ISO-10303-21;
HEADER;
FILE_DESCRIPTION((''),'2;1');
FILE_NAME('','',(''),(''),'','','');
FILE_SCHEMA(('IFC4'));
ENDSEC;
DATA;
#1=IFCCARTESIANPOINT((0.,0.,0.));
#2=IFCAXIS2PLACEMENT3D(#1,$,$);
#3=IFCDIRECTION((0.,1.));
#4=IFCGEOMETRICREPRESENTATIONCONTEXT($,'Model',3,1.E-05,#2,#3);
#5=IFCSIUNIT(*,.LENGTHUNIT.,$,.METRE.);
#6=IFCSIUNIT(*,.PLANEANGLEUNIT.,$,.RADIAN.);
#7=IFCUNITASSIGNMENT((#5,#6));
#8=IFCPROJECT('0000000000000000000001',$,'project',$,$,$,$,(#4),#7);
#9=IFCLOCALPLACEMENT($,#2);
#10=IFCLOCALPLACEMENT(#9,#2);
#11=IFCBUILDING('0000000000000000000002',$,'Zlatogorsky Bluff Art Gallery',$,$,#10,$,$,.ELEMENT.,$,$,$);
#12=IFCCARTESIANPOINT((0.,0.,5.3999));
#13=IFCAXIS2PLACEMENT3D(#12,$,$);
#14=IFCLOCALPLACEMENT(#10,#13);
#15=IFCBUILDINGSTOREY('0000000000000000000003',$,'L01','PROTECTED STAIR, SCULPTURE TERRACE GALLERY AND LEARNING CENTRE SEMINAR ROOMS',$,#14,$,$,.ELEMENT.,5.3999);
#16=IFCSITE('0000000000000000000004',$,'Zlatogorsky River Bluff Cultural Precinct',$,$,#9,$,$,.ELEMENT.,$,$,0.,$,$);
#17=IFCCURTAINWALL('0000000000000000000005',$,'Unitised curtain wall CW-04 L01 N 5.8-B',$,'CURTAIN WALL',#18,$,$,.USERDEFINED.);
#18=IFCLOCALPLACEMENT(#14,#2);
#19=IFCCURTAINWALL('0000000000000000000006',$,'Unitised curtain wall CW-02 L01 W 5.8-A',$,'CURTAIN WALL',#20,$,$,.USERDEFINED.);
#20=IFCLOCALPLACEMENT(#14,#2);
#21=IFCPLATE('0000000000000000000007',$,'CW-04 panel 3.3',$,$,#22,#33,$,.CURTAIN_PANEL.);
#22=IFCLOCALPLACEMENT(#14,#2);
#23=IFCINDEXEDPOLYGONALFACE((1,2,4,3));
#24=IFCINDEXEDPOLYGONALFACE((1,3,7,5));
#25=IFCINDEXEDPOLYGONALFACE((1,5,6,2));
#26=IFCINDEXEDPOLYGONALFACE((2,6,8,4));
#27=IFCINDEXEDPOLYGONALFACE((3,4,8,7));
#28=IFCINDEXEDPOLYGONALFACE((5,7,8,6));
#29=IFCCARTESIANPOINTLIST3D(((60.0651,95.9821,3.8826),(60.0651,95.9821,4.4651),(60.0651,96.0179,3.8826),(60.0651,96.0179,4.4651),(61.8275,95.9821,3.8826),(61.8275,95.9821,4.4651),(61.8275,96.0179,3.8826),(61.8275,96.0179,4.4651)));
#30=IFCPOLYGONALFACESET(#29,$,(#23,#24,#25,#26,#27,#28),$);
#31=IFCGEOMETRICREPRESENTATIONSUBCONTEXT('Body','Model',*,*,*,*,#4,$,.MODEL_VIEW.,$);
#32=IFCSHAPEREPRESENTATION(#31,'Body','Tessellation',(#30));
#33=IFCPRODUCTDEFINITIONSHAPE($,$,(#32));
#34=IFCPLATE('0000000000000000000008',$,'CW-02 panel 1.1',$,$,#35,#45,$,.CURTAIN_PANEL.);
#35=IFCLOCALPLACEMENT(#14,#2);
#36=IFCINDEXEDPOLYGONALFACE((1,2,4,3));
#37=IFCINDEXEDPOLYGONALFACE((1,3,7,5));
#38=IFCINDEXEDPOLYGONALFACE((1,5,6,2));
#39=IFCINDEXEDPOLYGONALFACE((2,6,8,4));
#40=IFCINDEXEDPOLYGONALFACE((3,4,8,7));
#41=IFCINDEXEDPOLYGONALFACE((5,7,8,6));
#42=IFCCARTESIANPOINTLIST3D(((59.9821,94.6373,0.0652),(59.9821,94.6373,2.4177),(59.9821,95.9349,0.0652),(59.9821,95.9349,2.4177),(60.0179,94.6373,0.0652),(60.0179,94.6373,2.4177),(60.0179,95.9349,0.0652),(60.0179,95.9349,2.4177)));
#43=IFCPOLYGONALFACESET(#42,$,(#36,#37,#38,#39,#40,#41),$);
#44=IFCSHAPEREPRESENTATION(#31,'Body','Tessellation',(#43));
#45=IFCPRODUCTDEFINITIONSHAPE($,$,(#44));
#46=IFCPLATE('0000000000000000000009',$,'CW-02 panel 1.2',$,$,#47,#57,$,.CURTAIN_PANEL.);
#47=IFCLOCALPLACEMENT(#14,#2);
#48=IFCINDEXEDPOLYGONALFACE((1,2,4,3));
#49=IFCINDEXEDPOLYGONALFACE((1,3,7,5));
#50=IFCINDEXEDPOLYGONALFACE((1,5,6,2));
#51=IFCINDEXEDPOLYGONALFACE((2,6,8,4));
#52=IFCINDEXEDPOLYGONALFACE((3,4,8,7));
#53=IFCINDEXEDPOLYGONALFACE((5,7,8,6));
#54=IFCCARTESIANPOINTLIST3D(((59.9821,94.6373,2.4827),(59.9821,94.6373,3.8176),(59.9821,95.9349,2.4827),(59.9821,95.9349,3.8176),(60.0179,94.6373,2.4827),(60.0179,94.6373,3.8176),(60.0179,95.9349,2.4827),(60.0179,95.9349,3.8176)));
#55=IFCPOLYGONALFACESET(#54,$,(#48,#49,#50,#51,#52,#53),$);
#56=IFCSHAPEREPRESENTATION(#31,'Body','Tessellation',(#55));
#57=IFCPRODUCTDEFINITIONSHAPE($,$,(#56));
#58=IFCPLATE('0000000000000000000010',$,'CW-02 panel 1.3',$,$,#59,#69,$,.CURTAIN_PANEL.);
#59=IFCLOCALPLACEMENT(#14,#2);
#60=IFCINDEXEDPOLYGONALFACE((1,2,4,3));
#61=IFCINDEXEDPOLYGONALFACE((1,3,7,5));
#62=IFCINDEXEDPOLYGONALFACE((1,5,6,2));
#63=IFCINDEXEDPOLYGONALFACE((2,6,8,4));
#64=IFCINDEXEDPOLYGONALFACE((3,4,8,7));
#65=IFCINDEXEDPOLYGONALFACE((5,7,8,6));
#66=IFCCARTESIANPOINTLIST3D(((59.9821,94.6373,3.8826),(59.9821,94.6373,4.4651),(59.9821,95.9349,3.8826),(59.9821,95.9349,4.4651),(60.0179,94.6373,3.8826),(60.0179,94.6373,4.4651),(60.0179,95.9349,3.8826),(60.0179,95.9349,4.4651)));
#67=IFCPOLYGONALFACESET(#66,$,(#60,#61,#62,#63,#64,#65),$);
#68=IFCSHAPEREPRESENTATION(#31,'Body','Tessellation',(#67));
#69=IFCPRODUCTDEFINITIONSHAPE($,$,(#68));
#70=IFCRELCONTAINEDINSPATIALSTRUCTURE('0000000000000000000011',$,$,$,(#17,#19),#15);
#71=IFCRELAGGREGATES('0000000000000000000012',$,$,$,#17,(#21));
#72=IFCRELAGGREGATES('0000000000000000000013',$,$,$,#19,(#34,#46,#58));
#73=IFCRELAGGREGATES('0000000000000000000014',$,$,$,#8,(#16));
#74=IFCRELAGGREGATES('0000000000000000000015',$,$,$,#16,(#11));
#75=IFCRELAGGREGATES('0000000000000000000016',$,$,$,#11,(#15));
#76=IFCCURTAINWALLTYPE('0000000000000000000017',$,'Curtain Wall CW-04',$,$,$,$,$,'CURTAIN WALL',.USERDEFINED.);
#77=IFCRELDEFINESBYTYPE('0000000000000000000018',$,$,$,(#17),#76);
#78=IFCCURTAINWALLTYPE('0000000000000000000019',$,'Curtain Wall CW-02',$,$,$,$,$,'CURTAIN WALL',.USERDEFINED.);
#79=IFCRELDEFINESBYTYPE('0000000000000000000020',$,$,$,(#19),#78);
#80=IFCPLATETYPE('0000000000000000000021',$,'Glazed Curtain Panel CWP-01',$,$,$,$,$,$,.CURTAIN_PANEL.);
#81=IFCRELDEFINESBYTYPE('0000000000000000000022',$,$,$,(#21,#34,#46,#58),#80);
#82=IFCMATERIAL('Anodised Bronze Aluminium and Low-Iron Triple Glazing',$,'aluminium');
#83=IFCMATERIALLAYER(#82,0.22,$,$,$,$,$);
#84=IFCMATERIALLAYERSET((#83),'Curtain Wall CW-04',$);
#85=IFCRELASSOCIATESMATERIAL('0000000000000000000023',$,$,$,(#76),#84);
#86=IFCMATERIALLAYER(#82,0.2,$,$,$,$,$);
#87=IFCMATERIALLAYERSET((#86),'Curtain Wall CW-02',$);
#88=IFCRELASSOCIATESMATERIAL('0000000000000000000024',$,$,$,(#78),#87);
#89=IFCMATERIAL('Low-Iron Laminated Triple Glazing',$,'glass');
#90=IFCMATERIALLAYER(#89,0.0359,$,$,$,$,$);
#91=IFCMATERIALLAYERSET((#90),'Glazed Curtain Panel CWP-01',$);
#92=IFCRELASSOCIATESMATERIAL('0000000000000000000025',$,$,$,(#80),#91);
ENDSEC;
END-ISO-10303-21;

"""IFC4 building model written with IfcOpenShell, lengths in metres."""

from ifc_helpers import new_model, si_unit, direction, frame, origin, origin_2d, place, context, subcontext, project, spatial, rectangle, extrude, material, layer, layer_set, type_object, element, aggregate, save


model = new_model("IFC4")

# Units and contexts
model_context = context("Model", 3, precision=1e-05, world=origin(), true_north=direction((0.0, 1.0)))
body_context = subcontext(model_context, "Body", "Model", "MODEL_VIEW")
ifc_project = project(units=[si_unit("LENGTHUNIT", "METRE"), si_unit("PLANEANGLEUNIT", "RADIAN")], contexts=[model_context])

# Site, building, storey
site_placement = place(None, origin())
site = spatial("IfcSite", under=ifc_project, at=site_placement, Name="Zlatogorsky River Bluff Cultural Precinct", CompositionType="ELEMENT", RefElevation=0.0)
building_placement = place(site_placement, origin())
building = spatial("IfcBuilding", under=site, at=building_placement, Name="Zlatogorsky Bluff Art Gallery", CompositionType="ELEMENT")
storey_placement = place(building_placement, frame((0.0, 0.0, 5.3999)))
storey = spatial("IfcBuildingStorey", under=building, at=storey_placement, Name="L01", Description="PROTECTED STAIR, SCULPTURE TERRACE GALLERY AND LEARNING CENTRE SEMINAR ROOMS", CompositionType="ELEMENT", Elevation=5.3999)

# Curtain walls
ifc_material_1 = material(Name="Anodised Bronze Aluminium and Low-Iron Triple Glazing", Category="aluminium")
ifc_layer_1 = layer(ifc_material_1, 0.22)
ifc_layer_set_1 = layer_set([ifc_layer_1], Name="Curtain Wall CW-04")
curtain_wall_type_1 = type_object("IfcCurtainWallType", Name="Curtain Wall CW-04", ElementType="CURTAIN WALL", PredefinedType="USERDEFINED", material=ifc_layer_set_1)
curtain_wall_1_placement = place(storey_placement, origin())
curtain_wall_1 = element("IfcCurtainWall", 1, at=curtain_wall_1_placement, inside=storey, type_object=curtain_wall_type_1, Name="Unitised curtain wall CW-04 L01 N 5.8-B", ObjectType="CURTAIN WALL", PredefinedType="USERDEFINED")
ifc_layer_2 = layer(ifc_material_1, 0.2)
ifc_layer_set_2 = layer_set([ifc_layer_2], Name="Curtain Wall CW-02")
curtain_wall_type_2 = type_object("IfcCurtainWallType", Name="Curtain Wall CW-02", ElementType="CURTAIN WALL", PredefinedType="USERDEFINED", material=ifc_layer_set_2)
curtain_wall_2_placement = place(storey_placement, origin())
curtain_wall_2 = element("IfcCurtainWall", 2, at=curtain_wall_2_placement, inside=storey, type_object=curtain_wall_type_2, Name="Unitised curtain wall CW-02 L01 W 5.8-A", ObjectType="CURTAIN WALL", PredefinedType="USERDEFINED")

# Plates
ifc_material_2 = material(Name="Low-Iron Laminated Triple Glazing", Category="glass")
ifc_layer_3 = layer(ifc_material_2, 0.0359)
ifc_layer_set_3 = layer_set([ifc_layer_3], Name="Glazed Curtain Panel CWP-01")
plate_type = type_object("IfcPlateType", Name="Glazed Curtain Panel CWP-01", PredefinedType="CURTAIN_PANEL", material=ifc_layer_set_3)
plate_1_placement = place(storey_placement, frame((60.9463, 96.0, 3.8826), z_axis=(0.0, 0.0, 1.0), x_axis=(-1.0, 0.0, 0.0)))
plate_1 = element("IfcPlate", 3, at=plate_1_placement, type_object=plate_type, Name="CW-04 panel 3.3", PredefinedType="CURTAIN_PANEL", context=body_context, shape_type="SweptSolid", body=[
    extrude(rectangle(XDim=1.7625, YDim=0.0359, at=origin_2d()), origin(), (0.0, 0.0, 1.0), 0.5825),
])
aggregate(curtain_wall_1, [plate_1])
plate_2_placement = place(storey_placement, frame((60.0, 95.2861, 0.0652), z_axis=(0.0, 0.0, 1.0), x_axis=(0.0, -1.0, 0.0)))
plate_2 = element("IfcPlate", 4, at=plate_2_placement, type_object=plate_type, Name="CW-02 panel 1.1", PredefinedType="CURTAIN_PANEL", context=body_context, shape_type="SweptSolid", body=[
    extrude(rectangle(XDim=1.2976, YDim=0.0359, at=origin_2d()), origin(), (0.0, 0.0, 1.0), 2.3525),
])
plate_3_placement = place(storey_placement, frame((60.0, 95.2861, 2.4827), z_axis=(0.0, 0.0, 1.0), x_axis=(0.0, -1.0, 0.0)))
plate_3 = element("IfcPlate", 5, at=plate_3_placement, type_object=plate_type, Name="CW-02 panel 1.2", PredefinedType="CURTAIN_PANEL", context=body_context, shape_type="SweptSolid", body=[
    extrude(rectangle(XDim=1.2976, YDim=0.0359, at=origin_2d()), origin(), (0.0, 0.0, 1.0), 1.335),
])
plate_4_placement = place(storey_placement, frame((60.0, 95.2861, 3.8826), z_axis=(0.0, 0.0, 1.0), x_axis=(0.0, -1.0, 0.0)))
plate_4 = element("IfcPlate", 6, at=plate_4_placement, type_object=plate_type, Name="CW-02 panel 1.3", PredefinedType="CURTAIN_PANEL", context=body_context, shape_type="SweptSolid", body=[
    extrude(rectangle(XDim=1.2976, YDim=0.0359, at=origin_2d()), origin(), (0.0, 0.0, 1.0), 0.5825),
])
aggregate(curtain_wall_2, [plate_2, plate_3, plate_4])

save(model, "model.ifc")
